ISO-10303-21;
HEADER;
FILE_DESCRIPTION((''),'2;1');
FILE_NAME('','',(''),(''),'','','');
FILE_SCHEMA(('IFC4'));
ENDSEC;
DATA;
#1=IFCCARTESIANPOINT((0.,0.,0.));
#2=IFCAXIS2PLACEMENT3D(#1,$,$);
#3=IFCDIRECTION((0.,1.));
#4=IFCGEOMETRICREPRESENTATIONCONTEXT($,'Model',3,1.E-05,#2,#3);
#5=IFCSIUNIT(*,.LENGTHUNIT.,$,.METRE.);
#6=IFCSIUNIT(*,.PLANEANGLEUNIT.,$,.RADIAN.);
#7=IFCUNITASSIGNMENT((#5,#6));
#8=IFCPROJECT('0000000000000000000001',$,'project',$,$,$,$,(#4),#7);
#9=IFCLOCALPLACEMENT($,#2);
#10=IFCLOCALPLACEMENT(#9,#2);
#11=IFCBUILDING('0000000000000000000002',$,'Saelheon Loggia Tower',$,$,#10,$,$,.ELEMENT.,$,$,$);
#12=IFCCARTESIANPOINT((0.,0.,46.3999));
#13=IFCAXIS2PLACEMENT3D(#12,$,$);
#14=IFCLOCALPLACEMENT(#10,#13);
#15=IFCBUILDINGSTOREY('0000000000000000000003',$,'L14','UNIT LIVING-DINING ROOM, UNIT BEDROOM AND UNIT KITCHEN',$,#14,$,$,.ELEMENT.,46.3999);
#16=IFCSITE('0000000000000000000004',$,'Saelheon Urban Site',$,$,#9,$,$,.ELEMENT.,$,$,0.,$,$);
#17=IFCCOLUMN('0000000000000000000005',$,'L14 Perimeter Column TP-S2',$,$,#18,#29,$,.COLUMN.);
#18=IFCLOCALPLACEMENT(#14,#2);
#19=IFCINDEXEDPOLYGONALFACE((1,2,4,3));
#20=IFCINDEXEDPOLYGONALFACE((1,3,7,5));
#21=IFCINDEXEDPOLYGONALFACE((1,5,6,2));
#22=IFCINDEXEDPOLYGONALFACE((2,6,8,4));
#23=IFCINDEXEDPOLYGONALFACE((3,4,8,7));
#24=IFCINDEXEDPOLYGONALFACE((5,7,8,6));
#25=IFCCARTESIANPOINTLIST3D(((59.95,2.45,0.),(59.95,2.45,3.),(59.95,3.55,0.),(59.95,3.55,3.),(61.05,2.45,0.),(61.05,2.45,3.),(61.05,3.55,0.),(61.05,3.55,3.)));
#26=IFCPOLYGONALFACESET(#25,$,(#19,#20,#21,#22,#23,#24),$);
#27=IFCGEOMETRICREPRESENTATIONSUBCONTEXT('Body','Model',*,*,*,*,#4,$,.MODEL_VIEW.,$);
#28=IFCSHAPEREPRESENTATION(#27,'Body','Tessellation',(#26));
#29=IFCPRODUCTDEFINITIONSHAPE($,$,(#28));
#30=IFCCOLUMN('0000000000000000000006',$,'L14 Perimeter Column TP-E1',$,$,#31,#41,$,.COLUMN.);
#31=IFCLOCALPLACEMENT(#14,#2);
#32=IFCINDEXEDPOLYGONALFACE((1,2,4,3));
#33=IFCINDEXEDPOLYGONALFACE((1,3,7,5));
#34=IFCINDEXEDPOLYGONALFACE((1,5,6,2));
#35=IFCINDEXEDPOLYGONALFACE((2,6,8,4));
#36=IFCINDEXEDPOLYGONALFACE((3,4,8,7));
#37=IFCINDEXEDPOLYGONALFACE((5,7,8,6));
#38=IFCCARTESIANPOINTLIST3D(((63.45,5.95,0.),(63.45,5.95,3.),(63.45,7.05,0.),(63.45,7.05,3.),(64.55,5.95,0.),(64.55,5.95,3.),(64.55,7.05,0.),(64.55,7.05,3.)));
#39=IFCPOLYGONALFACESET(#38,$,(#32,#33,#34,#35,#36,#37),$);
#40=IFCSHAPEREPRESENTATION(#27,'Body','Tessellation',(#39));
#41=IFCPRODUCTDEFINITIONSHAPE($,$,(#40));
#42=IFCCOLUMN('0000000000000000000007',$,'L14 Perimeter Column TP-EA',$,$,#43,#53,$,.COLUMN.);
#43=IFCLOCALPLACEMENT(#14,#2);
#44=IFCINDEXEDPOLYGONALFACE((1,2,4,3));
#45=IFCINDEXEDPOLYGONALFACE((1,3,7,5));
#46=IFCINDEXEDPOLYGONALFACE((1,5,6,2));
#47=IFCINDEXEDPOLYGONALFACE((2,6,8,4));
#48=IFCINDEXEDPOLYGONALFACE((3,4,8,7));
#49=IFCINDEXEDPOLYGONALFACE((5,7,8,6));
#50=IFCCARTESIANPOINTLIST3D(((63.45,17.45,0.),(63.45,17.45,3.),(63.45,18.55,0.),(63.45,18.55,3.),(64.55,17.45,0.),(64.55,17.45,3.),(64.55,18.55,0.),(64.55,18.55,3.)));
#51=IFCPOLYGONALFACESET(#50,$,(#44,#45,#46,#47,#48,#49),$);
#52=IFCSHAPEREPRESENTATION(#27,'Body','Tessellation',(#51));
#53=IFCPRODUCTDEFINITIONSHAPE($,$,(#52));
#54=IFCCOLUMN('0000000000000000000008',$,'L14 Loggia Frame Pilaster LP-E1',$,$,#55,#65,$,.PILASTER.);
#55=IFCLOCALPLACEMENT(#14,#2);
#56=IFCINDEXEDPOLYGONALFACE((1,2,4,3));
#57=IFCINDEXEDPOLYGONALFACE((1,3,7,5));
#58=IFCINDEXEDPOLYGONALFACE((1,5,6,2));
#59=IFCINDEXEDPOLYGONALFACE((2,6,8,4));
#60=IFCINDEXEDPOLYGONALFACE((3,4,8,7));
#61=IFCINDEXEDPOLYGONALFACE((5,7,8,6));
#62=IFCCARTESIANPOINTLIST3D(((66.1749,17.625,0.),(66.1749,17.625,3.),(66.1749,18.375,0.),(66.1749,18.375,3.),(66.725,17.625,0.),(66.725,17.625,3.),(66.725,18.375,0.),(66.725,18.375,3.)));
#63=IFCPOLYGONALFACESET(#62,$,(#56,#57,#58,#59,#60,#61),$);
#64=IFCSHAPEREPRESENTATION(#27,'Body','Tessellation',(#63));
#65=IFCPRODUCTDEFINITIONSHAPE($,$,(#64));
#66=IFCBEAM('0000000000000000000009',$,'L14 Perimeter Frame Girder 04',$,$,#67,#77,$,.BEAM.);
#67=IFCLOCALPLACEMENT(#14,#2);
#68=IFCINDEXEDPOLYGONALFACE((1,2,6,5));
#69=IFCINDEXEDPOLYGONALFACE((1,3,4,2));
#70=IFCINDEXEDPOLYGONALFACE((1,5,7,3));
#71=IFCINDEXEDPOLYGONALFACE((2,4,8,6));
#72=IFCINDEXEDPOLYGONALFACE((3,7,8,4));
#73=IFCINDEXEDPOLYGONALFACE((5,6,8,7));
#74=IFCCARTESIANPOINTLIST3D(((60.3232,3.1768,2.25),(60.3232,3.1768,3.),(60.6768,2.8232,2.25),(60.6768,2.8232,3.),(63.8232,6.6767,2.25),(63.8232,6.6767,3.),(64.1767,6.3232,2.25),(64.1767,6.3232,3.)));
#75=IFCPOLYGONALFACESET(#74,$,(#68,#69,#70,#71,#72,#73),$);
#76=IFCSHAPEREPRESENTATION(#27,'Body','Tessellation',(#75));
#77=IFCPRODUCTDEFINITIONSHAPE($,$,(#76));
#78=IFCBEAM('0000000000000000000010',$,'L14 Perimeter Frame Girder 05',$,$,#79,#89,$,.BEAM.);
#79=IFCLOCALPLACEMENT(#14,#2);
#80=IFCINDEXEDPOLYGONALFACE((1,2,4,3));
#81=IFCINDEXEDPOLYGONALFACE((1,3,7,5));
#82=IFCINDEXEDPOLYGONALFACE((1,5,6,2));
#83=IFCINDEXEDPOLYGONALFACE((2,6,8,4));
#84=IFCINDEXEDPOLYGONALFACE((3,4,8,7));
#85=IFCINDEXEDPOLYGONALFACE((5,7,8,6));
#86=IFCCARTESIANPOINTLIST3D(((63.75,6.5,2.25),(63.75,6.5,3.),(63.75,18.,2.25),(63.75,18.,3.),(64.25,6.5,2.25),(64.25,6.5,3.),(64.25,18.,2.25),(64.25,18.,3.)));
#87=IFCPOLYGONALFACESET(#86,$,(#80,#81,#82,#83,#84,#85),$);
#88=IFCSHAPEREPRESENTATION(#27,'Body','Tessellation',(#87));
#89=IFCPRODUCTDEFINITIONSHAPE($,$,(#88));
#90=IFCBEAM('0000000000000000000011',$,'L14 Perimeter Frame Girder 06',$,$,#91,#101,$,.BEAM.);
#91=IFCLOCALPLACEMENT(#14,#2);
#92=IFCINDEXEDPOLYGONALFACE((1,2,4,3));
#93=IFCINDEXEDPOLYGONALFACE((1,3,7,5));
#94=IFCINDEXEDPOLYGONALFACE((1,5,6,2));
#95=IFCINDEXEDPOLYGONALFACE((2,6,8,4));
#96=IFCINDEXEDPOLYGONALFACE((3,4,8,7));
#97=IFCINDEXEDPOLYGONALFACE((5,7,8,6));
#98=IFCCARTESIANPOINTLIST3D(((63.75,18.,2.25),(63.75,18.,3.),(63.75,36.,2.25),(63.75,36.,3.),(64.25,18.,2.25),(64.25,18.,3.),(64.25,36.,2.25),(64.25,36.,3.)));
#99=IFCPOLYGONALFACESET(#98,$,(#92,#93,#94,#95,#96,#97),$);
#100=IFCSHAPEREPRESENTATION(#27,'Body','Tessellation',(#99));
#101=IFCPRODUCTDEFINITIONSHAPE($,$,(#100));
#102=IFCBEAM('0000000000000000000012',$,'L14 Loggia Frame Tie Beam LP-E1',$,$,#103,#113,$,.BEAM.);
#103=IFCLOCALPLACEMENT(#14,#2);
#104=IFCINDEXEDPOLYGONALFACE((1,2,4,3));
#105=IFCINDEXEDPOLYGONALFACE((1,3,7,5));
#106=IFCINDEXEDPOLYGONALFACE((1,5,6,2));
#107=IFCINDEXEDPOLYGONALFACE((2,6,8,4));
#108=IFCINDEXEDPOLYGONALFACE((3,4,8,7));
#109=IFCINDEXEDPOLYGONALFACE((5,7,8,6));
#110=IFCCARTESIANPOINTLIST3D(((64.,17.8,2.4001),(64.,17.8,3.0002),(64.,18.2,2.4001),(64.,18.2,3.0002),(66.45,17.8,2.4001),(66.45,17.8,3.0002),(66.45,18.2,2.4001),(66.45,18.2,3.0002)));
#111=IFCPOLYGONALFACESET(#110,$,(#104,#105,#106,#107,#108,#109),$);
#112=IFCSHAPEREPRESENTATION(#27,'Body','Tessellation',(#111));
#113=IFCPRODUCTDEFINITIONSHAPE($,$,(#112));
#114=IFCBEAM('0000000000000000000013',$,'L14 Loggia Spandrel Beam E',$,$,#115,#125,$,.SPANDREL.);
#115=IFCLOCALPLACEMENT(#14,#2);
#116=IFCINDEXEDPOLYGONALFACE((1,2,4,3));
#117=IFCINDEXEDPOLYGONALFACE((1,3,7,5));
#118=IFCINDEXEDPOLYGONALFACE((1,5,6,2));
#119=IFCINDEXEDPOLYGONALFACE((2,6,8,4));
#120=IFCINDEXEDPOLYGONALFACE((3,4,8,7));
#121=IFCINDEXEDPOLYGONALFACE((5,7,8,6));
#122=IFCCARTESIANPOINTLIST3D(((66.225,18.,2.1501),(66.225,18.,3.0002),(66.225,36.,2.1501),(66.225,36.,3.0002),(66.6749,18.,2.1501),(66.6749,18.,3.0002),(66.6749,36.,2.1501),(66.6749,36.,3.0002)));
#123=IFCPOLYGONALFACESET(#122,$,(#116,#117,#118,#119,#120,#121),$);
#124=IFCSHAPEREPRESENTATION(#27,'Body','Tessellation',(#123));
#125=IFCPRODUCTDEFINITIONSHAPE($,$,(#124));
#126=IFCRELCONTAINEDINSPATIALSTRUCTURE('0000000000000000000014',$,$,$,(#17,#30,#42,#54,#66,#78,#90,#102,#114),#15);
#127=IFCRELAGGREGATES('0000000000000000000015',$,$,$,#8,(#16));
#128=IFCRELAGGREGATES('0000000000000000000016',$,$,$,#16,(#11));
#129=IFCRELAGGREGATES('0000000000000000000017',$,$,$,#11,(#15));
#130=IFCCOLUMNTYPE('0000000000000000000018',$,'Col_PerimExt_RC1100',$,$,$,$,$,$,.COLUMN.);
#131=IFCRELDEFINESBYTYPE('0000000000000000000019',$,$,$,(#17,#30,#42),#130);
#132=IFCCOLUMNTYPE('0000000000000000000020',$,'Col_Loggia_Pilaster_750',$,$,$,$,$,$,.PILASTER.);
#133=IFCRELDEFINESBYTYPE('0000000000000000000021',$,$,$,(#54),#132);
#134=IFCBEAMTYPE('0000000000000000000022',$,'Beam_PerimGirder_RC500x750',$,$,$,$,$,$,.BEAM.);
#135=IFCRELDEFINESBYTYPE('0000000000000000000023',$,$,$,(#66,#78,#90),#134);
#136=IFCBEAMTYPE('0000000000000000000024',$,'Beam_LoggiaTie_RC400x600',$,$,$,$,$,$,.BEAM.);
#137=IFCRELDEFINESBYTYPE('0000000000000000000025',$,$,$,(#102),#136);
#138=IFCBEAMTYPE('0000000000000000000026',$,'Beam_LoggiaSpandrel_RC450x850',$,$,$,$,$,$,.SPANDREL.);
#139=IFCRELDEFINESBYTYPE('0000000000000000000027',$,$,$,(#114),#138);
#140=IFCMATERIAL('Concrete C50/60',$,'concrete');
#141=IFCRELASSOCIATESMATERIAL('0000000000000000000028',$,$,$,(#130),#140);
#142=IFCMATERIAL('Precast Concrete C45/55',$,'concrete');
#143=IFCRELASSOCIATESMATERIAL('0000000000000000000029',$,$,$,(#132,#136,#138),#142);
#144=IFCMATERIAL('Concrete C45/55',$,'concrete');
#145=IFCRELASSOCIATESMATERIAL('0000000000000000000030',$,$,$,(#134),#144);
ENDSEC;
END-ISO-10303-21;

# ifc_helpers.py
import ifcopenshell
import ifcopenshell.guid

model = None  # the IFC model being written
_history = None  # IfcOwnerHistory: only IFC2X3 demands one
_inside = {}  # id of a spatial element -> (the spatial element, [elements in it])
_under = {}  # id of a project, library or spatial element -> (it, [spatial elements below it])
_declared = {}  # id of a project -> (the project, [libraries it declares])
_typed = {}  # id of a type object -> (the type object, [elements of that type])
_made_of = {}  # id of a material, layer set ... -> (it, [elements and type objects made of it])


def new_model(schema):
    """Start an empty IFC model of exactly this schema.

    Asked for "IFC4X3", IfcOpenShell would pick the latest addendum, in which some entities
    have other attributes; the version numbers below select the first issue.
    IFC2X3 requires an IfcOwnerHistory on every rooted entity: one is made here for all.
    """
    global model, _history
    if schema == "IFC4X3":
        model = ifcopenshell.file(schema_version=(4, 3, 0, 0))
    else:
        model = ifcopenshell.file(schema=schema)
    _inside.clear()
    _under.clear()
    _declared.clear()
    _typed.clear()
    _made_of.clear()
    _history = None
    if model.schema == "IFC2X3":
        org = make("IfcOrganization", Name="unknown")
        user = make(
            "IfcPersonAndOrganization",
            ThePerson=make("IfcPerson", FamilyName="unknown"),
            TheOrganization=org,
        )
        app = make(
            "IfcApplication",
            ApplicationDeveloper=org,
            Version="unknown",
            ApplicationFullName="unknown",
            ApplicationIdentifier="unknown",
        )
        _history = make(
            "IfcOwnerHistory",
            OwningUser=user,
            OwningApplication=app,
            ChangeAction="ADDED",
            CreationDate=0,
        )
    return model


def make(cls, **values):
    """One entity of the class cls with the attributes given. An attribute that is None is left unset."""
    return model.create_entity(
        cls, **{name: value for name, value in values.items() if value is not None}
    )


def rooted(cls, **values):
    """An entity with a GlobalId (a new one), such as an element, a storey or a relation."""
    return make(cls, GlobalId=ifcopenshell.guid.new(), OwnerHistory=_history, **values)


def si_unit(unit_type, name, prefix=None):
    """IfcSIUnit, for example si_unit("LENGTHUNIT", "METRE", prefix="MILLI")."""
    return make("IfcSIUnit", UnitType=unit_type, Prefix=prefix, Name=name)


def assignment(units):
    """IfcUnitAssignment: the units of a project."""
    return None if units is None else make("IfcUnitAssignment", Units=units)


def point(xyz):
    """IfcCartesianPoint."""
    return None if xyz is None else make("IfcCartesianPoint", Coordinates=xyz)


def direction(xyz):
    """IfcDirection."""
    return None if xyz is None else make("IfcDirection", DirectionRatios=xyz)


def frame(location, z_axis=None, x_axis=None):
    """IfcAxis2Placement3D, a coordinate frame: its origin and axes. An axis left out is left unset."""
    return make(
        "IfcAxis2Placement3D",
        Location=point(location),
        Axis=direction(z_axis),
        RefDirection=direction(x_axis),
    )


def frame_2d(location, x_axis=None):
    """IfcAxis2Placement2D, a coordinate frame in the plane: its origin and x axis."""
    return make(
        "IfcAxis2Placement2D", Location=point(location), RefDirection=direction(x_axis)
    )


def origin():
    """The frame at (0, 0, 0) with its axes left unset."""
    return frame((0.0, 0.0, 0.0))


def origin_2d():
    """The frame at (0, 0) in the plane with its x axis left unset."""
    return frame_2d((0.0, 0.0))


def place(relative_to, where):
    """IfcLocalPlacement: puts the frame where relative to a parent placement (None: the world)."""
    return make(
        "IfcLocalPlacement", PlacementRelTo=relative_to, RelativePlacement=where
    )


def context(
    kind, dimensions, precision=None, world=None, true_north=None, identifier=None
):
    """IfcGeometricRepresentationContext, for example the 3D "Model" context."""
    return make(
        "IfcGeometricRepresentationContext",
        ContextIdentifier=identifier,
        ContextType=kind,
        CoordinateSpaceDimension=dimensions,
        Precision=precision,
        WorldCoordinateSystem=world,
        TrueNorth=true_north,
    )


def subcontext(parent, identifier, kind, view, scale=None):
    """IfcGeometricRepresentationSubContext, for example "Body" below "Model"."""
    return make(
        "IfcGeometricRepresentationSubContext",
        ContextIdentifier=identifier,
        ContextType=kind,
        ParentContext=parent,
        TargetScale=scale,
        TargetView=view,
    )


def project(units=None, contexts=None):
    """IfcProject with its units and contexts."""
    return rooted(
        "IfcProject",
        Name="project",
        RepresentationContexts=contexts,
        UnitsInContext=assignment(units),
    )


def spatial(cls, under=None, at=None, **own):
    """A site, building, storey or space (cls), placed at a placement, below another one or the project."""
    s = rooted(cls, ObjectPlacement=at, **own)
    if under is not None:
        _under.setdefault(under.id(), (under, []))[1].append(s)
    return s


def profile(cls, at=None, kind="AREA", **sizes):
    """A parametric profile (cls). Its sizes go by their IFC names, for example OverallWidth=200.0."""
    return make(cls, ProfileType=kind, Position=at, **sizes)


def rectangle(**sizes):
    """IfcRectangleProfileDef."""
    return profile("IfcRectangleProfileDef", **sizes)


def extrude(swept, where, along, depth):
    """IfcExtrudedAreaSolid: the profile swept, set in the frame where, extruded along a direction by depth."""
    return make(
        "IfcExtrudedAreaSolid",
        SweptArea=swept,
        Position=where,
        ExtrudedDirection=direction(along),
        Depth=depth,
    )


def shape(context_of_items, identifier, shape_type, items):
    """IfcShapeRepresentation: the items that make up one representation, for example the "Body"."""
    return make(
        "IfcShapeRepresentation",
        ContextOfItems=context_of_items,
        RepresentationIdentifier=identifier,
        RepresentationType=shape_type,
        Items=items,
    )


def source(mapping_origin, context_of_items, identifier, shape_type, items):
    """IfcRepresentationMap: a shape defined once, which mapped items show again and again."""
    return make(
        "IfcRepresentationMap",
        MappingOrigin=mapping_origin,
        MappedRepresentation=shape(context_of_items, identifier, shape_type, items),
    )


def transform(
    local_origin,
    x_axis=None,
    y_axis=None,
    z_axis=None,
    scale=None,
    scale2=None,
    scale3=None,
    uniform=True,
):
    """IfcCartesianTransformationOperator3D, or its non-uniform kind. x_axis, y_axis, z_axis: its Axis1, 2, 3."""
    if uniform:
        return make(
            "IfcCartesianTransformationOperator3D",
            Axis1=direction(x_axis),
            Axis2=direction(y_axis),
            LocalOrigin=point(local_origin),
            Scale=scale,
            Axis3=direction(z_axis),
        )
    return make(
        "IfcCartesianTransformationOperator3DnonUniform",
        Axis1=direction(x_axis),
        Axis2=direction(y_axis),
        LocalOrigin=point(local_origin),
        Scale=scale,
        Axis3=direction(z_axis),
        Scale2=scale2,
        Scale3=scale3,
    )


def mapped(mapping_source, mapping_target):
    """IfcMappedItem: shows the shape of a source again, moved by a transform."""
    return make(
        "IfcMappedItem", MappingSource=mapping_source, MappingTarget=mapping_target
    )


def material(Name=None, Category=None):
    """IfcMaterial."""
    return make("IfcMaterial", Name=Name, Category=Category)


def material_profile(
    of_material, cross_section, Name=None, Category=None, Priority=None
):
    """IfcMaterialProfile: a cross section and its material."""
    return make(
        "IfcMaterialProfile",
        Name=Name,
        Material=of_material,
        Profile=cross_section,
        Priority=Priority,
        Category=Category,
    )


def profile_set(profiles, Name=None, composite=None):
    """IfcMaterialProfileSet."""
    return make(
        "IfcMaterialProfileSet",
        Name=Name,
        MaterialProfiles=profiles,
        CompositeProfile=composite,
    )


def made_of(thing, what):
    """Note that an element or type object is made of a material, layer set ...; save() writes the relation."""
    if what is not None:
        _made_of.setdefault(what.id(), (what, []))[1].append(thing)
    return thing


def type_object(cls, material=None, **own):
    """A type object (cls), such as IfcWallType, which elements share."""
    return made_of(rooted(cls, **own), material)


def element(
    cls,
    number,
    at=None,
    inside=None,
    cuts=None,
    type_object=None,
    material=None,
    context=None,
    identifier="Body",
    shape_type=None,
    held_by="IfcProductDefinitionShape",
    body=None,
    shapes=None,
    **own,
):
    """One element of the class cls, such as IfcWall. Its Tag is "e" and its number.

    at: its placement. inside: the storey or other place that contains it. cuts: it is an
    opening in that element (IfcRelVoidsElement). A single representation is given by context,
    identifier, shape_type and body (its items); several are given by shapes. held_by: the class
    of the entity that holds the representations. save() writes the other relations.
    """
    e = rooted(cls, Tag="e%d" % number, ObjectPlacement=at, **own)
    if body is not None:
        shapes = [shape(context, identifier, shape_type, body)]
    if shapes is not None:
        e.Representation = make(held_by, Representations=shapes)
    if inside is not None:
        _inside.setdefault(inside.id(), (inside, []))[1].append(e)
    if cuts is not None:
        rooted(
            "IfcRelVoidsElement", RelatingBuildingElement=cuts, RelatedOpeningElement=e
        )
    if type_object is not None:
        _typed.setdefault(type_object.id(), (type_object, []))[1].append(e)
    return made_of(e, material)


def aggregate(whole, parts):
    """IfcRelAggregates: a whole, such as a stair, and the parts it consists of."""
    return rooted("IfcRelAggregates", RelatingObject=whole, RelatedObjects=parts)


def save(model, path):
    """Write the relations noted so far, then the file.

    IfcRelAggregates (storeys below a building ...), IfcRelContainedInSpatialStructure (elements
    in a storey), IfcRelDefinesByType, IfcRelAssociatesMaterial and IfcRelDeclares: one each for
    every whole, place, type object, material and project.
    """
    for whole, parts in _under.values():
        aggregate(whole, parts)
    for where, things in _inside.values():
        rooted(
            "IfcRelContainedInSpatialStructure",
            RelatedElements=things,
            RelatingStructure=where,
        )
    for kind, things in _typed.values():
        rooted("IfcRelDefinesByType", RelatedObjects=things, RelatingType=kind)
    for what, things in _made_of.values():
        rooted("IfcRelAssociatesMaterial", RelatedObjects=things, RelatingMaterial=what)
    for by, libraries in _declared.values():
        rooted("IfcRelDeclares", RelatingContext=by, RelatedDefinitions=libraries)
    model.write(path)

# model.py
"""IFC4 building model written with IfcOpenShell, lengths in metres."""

from ifc_helpers import new_model, si_unit, direction, frame, origin, origin_2d, place, context, subcontext, project, spatial, rectangle, extrude, source, transform, mapped, material, material_profile, profile_set, type_object, element, save


model = new_model("IFC4")

# Units and contexts
model_context = context("Model", 3, precision=1e-05, world=origin(), true_north=direction((0.0, 1.0)))
body_context = subcontext(model_context, "Body", "Model", "MODEL_VIEW")
ifc_project = project(units=[si_unit("LENGTHUNIT", "METRE"), si_unit("PLANEANGLEUNIT", "RADIAN")], contexts=[model_context])

# Site, building, storey
site_placement = place(None, origin())
site = spatial("IfcSite", under=ifc_project, at=site_placement, Name="Saelheon Urban Site", CompositionType="ELEMENT", RefElevation=0.0)
building_placement = place(site_placement, origin())
building = spatial("IfcBuilding", under=site, at=building_placement, Name="Saelheon Loggia Tower", CompositionType="ELEMENT")
storey_placement = place(building_placement, frame((0.0, 0.0, 46.3999)))
storey = spatial("IfcBuildingStorey", under=building, at=storey_placement, Name="L14", Description="UNIT LIVING-DINING ROOM, UNIT BEDROOM AND UNIT KITCHEN", CompositionType="ELEMENT", Elevation=46.3999)

# Columns
ifc_material_1 = material(Name="Concrete C50/60", Category="concrete")
ifc_material_profile_1 = material_profile(ifc_material_1, rectangle(XDim=1.1001, YDim=1.1001, at=origin_2d()), Name="RC-1100x1100")
ifc_profile_set_1 = profile_set([ifc_material_profile_1], Name="Concrete C50/60")
column_type_1 = type_object("IfcColumnType", Name="Col_PerimExt_RC1100", PredefinedType="COLUMN", material=ifc_profile_set_1)
shared_shape_1 = source(origin(), body_context, "Body", "SweptSolid", [
    extrude(rectangle(XDim=1.1001, YDim=1.1001, at=origin_2d()), origin(), (0.0, 0.0, 1.0), 3.0),
])
for number, where, z_axis, x_axis, name in (
    (1, (60.5, 3.0, 0.0), (0.0, 0.0, 1.0), (1.0, 0.0, 0.0), "L14 Perimeter Column TP-S2"),
    (2, (64.0, 6.5, 0.0), (0.0, 0.0, 1.0), (1.0, 0.0, 0.0), "L14 Perimeter Column TP-E1"),
    (3, (64.0, 18.0, 0.0), (0.0, 0.0, 1.0), (1.0, 0.0, 0.0), "L14 Perimeter Column TP-EA"),
):
    element("IfcColumn", number, at=place(storey_placement, frame(where, z_axis=z_axis, x_axis=x_axis)), inside=storey, type_object=column_type_1, Name=name, PredefinedType="COLUMN", context=body_context, shape_type="MappedRepresentation", body=[
        mapped(shared_shape_1, transform((0.0, 0.0, 0.0), scale=1.0)),
    ])
ifc_material_2 = material(Name="Precast Concrete C45/55", Category="concrete")
ifc_material_profile_2 = material_profile(ifc_material_2, rectangle(XDim=0.55, YDim=0.75, at=origin_2d()), Name="RC-550x750")
ifc_profile_set_2 = profile_set([ifc_material_profile_2], Name="Precast Concrete C45/55")
column_type_2 = type_object("IfcColumnType", Name="Col_Loggia_Pilaster_750", PredefinedType="PILASTER", material=ifc_profile_set_2)
shared_shape_2 = source(origin(), body_context, "Body", "SweptSolid", [
    extrude(rectangle(XDim=0.55, YDim=0.75, at=origin_2d()), origin(), (0.0, 0.0, 1.0), 3.0),
])
column_placement = place(storey_placement, frame((66.45, 18.0, 0.0), z_axis=(0.0, 0.0, 1.0), x_axis=(1.0, 0.0, 0.0)))
element("IfcColumn", 4, at=column_placement, inside=storey, type_object=column_type_2, Name="L14 Loggia Frame Pilaster LP-E1", PredefinedType="PILASTER", context=body_context, shape_type="MappedRepresentation", body=[
    mapped(shared_shape_2, transform((0.0, 0.0, 0.0), scale=1.0)),
])

# Beams
ifc_material_3 = material(Name="Concrete C45/55", Category="concrete")
ifc_material_profile_3 = material_profile(ifc_material_3, rectangle(XDim=0.5, YDim=0.75, at=origin_2d()), Name="RC-500x750")
ifc_profile_set_3 = profile_set([ifc_material_profile_3], Name="Concrete C45/55")
beam_type_1 = type_object("IfcBeamType", Name="Beam_PerimGirder_RC500x750", PredefinedType="BEAM", material=ifc_profile_set_3)
shared_shape_3 = source(origin(), body_context, "Body", "SweptSolid", [
    extrude(rectangle(XDim=0.5, YDim=0.75, at=origin_2d()), origin(), (0.0, 0.0, 1.0), 4.9497),
])
beam_1_placement = place(storey_placement, frame((60.5, 3.0, 2.625), z_axis=(0.707107, 0.707107, 0.0), x_axis=(-0.707107, 0.707107, 0.0)))
element("IfcBeam", 5, at=beam_1_placement, inside=storey, type_object=beam_type_1, Name="L14 Perimeter Frame Girder 04", PredefinedType="BEAM", context=body_context, shape_type="MappedRepresentation", body=[
    mapped(shared_shape_3, transform((0.0, 0.0, 0.0), scale=1.0)),
])
shared_shape_4 = source(origin(), body_context, "Body", "SweptSolid", [
    extrude(rectangle(XDim=0.5, YDim=0.75, at=origin_2d()), origin(), (0.0, 0.0, 1.0), 11.5),
])
beam_2_placement = place(storey_placement, frame((64.0, 6.5, 2.625), z_axis=(0.0, 1.0, 0.0), x_axis=(-1.0, 0.0, 0.0)))
element("IfcBeam", 6, at=beam_2_placement, inside=storey, type_object=beam_type_1, Name="L14 Perimeter Frame Girder 05", PredefinedType="BEAM", context=body_context, shape_type="MappedRepresentation", body=[
    mapped(shared_shape_4, transform((0.0, 0.0, 0.0), scale=1.0)),
])
shared_shape_5 = source(origin(), body_context, "Body", "SweptSolid", [
    extrude(rectangle(XDim=0.5, YDim=0.75, at=origin_2d()), origin(), (0.0, 0.0, 1.0), 18.0),
])
beam_3_placement = place(storey_placement, frame((64.0, 18.0, 2.625), z_axis=(0.0, 1.0, 0.0), x_axis=(-1.0, 0.0, 0.0)))
element("IfcBeam", 7, at=beam_3_placement, inside=storey, type_object=beam_type_1, Name="L14 Perimeter Frame Girder 06", PredefinedType="BEAM", context=body_context, shape_type="MappedRepresentation", body=[
    mapped(shared_shape_5, transform((0.0, 0.0, 0.0), scale=1.0)),
])
ifc_material_profile_4 = material_profile(ifc_material_2, rectangle(XDim=0.3999, YDim=0.6001, at=origin_2d()), Name="RC-400x600")
ifc_profile_set_4 = profile_set([ifc_material_profile_4], Name="Precast Concrete C45/55")
beam_type_2 = type_object("IfcBeamType", Name="Beam_LoggiaTie_RC400x600", PredefinedType="BEAM", material=ifc_profile_set_4)
shared_shape_6 = source(origin(), body_context, "Body", "SweptSolid", [
    extrude(rectangle(XDim=0.3999, YDim=0.6001, at=origin_2d()), origin(), (0.0, 0.0, 1.0), 2.45),
])
beam_4_placement = place(storey_placement, frame((64.0, 18.0, 2.7002), z_axis=(1.0, 0.0, 0.0), x_axis=(0.0, 1.0, 0.0)))
element("IfcBeam", 8, at=beam_4_placement, inside=storey, type_object=beam_type_2, Name="L14 Loggia Frame Tie Beam LP-E1", PredefinedType="BEAM", context=body_context, shape_type="MappedRepresentation", body=[
    mapped(shared_shape_6, transform((0.0, 0.0, 0.0), scale=1.0)),
])
ifc_material_profile_5 = material_profile(ifc_material_2, rectangle(XDim=0.45, YDim=0.8501, at=origin_2d()), Name="RC-450x850")
ifc_profile_set_5 = profile_set([ifc_material_profile_5], Name="Precast Concrete C45/55")
beam_type_3 = type_object("IfcBeamType", Name="Beam_LoggiaSpandrel_RC450x850", PredefinedType="SPANDREL", material=ifc_profile_set_5)
shared_shape_7 = source(origin(), body_context, "Body", "SweptSolid", [
    extrude(rectangle(XDim=0.45, YDim=0.8501, at=origin_2d()), origin(), (0.0, 0.0, 1.0), 18.0),
])
beam_5_placement = place(storey_placement, frame((66.45, 18.0, 2.5752), z_axis=(0.0, 1.0, 0.0), x_axis=(-1.0, 0.0, 0.0)))
element("IfcBeam", 9, at=beam_5_placement, inside=storey, type_object=beam_type_3, Name="L14 Loggia Spandrel Beam E", PredefinedType="SPANDREL", context=body_context, shape_type="MappedRepresentation", body=[
    mapped(shared_shape_7, transform((0.0, 0.0, 0.0), scale=1.0)),
])

save(model, "model.ifc")
